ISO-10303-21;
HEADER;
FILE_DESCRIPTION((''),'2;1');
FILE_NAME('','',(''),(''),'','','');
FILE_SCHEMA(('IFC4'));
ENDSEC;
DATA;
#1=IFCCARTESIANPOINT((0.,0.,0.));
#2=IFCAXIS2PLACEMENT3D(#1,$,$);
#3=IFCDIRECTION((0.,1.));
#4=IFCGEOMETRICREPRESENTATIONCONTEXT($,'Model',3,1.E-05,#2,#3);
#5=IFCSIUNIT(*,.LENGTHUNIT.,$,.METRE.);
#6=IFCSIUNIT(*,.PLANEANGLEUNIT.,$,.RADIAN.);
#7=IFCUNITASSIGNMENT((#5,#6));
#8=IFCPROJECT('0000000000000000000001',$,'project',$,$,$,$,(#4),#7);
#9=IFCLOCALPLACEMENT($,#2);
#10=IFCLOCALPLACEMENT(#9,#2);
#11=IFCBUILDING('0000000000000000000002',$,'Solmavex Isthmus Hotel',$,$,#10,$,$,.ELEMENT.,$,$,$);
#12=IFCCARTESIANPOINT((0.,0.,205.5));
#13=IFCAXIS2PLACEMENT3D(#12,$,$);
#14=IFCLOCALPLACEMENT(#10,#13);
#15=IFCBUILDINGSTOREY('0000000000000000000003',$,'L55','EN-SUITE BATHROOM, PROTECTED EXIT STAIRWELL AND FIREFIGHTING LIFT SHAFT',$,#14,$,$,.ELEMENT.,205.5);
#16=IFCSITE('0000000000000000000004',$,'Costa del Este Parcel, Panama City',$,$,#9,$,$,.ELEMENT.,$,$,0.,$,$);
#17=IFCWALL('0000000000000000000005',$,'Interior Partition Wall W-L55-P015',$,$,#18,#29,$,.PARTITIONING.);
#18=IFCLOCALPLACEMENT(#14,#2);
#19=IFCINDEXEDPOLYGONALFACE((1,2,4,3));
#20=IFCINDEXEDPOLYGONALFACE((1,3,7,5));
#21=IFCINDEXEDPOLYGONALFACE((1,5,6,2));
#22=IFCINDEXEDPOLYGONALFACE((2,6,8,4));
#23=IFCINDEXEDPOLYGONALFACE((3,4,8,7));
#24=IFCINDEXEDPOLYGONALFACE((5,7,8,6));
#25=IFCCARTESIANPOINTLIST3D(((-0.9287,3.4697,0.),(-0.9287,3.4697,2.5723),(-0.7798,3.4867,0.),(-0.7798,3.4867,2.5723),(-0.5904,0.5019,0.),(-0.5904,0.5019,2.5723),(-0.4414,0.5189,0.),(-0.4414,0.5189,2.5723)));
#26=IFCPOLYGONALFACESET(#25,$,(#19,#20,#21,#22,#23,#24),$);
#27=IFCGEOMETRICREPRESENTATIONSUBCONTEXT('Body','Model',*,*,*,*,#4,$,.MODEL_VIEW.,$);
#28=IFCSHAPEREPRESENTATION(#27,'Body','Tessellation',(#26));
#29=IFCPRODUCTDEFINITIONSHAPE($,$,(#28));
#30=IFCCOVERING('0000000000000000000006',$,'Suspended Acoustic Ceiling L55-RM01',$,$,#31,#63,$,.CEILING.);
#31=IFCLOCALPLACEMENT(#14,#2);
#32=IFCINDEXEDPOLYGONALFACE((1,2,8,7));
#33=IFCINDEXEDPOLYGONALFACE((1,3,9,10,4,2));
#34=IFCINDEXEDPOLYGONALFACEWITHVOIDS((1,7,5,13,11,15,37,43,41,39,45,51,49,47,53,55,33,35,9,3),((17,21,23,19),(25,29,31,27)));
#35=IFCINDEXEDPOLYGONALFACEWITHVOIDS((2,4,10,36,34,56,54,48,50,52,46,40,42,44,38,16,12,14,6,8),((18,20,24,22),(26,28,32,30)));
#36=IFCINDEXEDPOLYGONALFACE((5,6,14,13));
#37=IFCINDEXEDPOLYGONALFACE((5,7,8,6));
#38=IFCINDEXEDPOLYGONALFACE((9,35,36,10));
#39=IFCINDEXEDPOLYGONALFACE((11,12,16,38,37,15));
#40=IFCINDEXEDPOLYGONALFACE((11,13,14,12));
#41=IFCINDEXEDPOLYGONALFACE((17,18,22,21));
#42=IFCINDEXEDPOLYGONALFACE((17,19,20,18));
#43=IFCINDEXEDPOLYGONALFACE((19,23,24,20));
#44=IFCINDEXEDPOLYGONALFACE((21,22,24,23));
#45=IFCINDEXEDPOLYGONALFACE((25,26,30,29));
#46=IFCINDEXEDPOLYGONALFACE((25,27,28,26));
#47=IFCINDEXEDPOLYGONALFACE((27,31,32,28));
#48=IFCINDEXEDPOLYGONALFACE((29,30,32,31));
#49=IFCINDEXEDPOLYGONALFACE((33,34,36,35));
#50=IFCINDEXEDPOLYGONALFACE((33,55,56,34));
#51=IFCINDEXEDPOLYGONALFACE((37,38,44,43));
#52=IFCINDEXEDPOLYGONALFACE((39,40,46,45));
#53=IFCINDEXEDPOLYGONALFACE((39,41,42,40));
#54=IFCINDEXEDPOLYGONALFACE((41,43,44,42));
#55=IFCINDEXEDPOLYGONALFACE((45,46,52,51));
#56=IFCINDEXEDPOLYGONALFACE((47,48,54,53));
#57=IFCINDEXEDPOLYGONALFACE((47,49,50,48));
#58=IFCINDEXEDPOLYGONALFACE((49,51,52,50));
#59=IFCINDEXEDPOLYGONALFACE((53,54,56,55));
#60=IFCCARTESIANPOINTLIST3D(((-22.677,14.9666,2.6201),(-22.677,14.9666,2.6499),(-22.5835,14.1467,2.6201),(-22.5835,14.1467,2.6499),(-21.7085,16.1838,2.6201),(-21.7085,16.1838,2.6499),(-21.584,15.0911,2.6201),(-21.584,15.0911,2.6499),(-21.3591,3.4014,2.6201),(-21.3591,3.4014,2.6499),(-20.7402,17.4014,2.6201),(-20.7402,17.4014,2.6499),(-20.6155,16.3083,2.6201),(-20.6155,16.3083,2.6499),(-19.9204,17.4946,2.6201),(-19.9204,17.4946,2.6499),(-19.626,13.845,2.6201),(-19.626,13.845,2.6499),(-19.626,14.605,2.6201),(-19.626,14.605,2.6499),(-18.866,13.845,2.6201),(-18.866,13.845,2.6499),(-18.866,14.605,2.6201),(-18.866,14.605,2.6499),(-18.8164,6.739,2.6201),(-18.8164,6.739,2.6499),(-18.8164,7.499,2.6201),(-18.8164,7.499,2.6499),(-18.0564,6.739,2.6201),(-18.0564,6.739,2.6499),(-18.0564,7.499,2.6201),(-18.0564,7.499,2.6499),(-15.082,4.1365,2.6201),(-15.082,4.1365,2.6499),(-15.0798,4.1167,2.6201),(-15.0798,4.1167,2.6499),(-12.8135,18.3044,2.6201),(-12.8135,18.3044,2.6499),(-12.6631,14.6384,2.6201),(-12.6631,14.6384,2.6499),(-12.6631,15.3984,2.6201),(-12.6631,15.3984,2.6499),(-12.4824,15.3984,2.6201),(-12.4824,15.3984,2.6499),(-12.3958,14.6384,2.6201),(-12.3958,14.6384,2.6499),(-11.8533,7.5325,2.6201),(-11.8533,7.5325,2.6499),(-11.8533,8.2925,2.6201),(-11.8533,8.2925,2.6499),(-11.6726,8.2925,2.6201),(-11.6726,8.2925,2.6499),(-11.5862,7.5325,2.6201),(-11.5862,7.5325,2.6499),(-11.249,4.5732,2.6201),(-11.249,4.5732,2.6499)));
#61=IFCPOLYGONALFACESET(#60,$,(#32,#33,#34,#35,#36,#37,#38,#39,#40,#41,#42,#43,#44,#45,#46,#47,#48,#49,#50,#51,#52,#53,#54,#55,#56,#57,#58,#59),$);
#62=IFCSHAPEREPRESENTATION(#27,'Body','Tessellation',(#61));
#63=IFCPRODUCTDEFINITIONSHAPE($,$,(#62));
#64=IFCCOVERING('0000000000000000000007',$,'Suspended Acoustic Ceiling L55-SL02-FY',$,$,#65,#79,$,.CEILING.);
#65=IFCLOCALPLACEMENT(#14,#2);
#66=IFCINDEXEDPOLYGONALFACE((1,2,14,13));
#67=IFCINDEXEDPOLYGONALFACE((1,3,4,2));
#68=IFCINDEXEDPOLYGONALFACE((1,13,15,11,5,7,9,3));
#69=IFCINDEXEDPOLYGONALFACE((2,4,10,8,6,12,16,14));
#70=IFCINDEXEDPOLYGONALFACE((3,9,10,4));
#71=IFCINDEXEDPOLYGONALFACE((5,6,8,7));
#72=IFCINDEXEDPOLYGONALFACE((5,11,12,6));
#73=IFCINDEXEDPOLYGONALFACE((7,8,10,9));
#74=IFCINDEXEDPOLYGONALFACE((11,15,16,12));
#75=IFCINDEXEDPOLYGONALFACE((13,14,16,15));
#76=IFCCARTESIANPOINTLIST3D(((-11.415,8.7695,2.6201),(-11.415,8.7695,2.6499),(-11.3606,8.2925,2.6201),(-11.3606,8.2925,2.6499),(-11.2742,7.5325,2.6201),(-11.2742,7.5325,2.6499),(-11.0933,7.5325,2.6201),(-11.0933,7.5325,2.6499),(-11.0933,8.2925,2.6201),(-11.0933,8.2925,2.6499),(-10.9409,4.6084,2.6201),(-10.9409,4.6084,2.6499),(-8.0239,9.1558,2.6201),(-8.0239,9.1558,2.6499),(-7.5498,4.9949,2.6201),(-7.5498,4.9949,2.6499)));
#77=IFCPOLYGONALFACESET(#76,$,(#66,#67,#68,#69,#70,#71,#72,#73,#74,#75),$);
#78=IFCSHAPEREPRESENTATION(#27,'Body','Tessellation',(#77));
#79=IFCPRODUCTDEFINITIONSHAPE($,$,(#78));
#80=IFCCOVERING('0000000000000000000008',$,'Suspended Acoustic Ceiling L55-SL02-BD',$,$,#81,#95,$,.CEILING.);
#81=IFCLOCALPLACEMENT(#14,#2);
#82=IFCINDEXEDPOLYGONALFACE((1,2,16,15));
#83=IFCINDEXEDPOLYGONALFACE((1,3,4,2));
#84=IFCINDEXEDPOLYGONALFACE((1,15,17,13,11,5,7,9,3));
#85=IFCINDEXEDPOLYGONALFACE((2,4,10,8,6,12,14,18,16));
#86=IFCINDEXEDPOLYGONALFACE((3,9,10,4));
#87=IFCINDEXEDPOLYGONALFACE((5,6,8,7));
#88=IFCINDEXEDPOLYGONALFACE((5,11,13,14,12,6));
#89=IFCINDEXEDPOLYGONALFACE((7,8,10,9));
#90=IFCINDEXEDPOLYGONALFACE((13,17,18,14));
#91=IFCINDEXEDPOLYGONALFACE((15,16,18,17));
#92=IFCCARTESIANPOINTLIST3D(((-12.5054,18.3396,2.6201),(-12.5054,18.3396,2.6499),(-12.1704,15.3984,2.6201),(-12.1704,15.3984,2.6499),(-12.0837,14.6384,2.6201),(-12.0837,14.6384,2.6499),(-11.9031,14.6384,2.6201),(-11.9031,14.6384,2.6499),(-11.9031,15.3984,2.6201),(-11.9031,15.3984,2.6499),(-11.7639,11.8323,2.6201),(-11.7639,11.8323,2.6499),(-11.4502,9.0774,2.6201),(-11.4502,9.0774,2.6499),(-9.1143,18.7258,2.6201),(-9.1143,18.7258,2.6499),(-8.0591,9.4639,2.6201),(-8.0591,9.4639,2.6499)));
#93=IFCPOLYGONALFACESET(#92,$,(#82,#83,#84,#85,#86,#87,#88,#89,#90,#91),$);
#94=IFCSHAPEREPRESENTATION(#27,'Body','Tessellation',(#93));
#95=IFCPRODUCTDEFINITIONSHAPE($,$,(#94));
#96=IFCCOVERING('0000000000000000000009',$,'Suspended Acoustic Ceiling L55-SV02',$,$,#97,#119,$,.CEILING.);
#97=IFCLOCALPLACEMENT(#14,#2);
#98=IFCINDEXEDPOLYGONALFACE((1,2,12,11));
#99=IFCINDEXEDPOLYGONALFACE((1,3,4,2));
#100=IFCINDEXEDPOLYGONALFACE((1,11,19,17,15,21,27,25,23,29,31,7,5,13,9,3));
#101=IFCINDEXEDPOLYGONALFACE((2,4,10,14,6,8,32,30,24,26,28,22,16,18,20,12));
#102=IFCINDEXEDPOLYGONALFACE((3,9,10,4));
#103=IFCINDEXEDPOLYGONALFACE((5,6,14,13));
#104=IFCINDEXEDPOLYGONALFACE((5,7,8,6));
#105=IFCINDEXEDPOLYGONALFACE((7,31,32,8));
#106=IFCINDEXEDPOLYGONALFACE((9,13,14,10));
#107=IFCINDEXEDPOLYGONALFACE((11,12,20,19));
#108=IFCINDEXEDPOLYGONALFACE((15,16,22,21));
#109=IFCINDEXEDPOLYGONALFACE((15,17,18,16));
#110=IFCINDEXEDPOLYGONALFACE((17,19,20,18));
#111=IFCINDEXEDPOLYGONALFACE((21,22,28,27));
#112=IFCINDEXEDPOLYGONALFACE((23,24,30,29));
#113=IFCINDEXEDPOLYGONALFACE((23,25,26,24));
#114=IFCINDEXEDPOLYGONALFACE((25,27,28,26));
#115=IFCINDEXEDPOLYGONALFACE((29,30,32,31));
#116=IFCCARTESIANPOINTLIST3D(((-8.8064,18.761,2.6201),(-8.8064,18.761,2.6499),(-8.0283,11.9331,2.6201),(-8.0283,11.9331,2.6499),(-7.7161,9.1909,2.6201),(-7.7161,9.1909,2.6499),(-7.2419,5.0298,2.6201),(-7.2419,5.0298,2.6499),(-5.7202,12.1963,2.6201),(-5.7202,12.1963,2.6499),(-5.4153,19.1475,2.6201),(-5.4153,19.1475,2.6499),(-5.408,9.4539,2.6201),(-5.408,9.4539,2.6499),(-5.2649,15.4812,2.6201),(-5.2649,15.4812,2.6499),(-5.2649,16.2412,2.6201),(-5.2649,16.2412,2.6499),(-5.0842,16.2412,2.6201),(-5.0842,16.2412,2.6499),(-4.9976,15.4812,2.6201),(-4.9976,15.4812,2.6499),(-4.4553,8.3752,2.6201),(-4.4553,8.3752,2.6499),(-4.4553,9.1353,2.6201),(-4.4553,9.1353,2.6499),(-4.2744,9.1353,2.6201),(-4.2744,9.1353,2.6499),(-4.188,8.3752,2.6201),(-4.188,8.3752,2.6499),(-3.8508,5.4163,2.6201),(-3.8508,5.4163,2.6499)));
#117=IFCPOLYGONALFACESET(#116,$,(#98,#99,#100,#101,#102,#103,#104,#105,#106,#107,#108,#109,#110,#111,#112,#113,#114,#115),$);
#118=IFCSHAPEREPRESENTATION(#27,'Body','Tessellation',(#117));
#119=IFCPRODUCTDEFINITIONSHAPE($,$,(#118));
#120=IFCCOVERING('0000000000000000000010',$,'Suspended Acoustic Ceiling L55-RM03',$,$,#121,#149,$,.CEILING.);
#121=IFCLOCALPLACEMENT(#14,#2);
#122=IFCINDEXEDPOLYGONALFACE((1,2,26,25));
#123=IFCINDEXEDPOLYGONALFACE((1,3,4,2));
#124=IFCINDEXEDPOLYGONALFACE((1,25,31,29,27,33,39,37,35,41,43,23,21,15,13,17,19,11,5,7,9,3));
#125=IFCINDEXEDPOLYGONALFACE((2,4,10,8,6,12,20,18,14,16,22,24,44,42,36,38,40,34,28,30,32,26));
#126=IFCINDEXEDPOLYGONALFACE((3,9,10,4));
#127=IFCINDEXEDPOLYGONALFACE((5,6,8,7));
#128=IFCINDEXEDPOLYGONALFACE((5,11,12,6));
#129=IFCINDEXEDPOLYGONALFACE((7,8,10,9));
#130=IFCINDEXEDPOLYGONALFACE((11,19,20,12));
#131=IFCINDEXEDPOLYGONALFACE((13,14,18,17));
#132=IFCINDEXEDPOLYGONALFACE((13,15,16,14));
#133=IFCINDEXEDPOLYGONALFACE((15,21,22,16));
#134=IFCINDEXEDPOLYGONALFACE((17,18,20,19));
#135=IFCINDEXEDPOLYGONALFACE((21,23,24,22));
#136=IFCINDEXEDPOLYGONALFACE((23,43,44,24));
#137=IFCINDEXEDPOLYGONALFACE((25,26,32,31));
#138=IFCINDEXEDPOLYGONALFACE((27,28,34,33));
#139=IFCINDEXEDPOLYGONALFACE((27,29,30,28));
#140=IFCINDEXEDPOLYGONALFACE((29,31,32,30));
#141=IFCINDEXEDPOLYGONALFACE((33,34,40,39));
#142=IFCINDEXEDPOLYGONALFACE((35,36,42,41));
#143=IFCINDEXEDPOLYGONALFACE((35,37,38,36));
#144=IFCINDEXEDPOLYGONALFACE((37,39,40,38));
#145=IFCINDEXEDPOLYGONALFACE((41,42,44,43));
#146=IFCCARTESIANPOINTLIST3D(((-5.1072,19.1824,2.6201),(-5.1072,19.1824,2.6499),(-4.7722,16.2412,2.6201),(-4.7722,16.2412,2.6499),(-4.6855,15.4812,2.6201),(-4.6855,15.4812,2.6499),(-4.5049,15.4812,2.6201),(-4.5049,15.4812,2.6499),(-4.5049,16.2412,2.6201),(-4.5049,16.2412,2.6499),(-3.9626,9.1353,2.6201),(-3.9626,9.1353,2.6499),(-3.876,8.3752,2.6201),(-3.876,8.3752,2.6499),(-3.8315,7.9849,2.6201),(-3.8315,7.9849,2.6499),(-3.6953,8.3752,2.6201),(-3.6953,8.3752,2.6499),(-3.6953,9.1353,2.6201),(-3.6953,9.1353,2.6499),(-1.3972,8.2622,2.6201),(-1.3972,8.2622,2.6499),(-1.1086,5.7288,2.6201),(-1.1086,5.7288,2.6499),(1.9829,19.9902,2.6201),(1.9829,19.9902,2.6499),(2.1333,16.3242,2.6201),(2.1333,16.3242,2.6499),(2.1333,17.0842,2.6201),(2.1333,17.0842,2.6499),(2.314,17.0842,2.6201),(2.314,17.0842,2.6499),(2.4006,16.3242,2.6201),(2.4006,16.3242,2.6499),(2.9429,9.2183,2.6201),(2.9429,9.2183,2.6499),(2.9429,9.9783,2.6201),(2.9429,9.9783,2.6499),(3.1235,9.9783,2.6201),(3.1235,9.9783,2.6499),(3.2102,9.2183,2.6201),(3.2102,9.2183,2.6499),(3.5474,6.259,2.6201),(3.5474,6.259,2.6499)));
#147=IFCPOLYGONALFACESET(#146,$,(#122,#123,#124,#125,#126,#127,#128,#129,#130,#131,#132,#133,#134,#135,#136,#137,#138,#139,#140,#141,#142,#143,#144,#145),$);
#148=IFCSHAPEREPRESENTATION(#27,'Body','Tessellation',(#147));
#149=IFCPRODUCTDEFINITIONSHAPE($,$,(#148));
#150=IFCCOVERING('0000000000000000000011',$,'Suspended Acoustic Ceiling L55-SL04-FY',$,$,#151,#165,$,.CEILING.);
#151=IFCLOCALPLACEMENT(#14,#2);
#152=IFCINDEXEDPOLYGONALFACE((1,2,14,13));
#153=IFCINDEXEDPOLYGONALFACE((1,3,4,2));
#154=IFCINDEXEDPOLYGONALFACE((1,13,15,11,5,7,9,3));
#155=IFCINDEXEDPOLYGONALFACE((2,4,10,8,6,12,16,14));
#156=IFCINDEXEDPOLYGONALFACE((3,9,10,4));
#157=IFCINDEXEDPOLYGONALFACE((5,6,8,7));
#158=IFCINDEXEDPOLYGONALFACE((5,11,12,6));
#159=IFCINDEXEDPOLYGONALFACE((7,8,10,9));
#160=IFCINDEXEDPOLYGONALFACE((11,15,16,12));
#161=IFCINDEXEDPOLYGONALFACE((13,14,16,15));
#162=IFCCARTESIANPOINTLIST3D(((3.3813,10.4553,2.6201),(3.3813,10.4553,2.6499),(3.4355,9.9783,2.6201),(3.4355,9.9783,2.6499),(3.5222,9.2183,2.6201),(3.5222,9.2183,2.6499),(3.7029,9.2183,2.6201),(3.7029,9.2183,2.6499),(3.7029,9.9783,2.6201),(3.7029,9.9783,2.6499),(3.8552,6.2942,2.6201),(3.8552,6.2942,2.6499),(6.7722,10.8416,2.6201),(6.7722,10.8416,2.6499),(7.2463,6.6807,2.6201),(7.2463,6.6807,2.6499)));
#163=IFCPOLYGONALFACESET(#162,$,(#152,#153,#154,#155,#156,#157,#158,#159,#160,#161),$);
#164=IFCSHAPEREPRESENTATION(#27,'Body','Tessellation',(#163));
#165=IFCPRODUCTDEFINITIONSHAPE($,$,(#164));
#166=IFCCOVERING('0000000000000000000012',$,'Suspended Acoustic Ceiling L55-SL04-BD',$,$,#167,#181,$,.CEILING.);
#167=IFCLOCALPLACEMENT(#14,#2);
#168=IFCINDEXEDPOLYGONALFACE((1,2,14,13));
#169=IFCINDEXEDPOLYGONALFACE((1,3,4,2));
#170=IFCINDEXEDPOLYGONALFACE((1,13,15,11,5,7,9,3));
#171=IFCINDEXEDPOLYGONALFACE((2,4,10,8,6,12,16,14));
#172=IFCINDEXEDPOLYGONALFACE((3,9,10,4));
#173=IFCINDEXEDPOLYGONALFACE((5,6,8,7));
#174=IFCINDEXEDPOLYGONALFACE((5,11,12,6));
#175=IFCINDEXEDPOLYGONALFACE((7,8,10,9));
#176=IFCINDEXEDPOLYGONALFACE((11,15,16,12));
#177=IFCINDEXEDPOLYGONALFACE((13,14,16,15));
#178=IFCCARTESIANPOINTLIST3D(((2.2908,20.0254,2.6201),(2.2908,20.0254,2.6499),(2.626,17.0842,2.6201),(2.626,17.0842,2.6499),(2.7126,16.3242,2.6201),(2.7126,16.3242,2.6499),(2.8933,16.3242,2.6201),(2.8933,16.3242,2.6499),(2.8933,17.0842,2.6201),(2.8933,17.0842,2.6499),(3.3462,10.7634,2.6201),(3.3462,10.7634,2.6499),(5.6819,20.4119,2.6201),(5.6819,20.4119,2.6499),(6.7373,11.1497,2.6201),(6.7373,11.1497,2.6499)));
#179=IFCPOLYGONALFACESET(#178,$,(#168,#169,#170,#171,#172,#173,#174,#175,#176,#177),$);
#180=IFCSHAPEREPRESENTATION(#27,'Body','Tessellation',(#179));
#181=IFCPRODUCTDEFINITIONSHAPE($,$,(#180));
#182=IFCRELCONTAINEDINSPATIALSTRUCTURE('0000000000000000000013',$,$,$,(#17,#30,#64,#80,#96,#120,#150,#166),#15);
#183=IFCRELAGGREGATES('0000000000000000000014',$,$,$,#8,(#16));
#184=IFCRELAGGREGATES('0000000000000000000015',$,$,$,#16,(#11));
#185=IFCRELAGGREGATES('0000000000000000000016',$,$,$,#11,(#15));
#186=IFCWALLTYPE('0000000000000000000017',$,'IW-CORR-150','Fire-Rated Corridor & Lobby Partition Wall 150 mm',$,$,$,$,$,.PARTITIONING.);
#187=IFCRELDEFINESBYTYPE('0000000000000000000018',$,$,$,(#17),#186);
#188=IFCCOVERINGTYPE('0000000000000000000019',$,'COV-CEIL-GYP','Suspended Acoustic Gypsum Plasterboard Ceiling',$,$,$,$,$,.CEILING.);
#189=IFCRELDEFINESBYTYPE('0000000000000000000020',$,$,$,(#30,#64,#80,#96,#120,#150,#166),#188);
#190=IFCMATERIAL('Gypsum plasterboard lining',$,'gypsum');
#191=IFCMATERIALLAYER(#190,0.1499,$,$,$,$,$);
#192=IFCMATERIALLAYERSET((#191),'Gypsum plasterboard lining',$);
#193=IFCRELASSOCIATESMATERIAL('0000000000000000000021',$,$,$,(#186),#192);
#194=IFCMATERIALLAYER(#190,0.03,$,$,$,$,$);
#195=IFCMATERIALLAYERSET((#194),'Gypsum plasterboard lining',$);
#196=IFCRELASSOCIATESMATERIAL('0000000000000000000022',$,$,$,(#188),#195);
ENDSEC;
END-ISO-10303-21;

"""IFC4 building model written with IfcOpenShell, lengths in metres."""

from ifc_helpers import new_model, si_unit, direction, frame, frame_2d, origin, place, context, subcontext, project, spatial, polyline, rectangle, outline, extrude, material, layer, layer_set, type_object, element, save


model = new_model("IFC4")

# Units and contexts
model_context = context("Model", 3, precision=1e-05, world=origin(), true_north=direction((0.0, 1.0)))
body_context = subcontext(model_context, "Body", "Model", "MODEL_VIEW")
ifc_project = project(units=[si_unit("LENGTHUNIT", "METRE"), si_unit("PLANEANGLEUNIT", "RADIAN")], contexts=[model_context])

# Site, building, storey
site_placement = place(None, origin())
site = spatial("IfcSite", under=ifc_project, at=site_placement, Name="Costa del Este Parcel, Panama City", CompositionType="ELEMENT", RefElevation=0.0)
building_placement = place(site_placement, origin())
building = spatial("IfcBuilding", under=site, at=building_placement, Name="Solmavex Isthmus Hotel", CompositionType="ELEMENT")
storey_placement = place(building_placement, frame((0.0, 0.0, 205.5)))
storey = spatial("IfcBuildingStorey", under=building, at=storey_placement, Name="L55", Description="EN-SUITE BATHROOM, PROTECTED EXIT STAIRWELL AND FIREFIGHTING LIFT SHAFT", CompositionType="ELEMENT", Elevation=205.5)

# Shared definitions
ifc_material_1 = material(Name="Gypsum plasterboard lining", Category="gypsum")
ifc_layer_1 = layer(ifc_material_1, 0.1499)
ifc_layer_set_1 = layer_set([ifc_layer_1], Name="Gypsum plasterboard lining")
wall_type = type_object("IfcWallType", Name="IW-CORR-150", Description="Fire-Rated Corridor & Lobby Partition Wall 150 mm", PredefinedType="PARTITIONING", material=ifc_layer_set_1)

# Wall
wall_1_placement = place(storey_placement, frame((-0.5159, 0.5103, 0.0), z_axis=(0.0, 0.0, 1.0), x_axis=(-0.113284, 0.993563, 0.0)))
element("IfcWall", 1, at=wall_1_placement, inside=storey, type_object=wall_type, Name="Interior Partition Wall W-L55-P015", PredefinedType="PARTITIONING", context=body_context, shape_type="SweptSolid", body=[
    extrude(rectangle(XDim=2.9871, YDim=0.1499, at=frame_2d((1.4937, 0.0))), origin(), (0.0, 0.0, 1.0), 2.5723),
])

# Coverings
ifc_layer_2 = layer(ifc_material_1, 0.03)
ifc_layer_set_2 = layer_set([ifc_layer_2], Name="Gypsum plasterboard lining")
covering_type_1 = type_object("IfcCoveringType", Name="COV-CEIL-GYP", Description="Suspended Acoustic Gypsum Plasterboard Ceiling", PredefinedType="CEILING", material=ifc_layer_set_2)
covering_1_placement = place(storey_placement, frame((0.0, 0.0, 2.6201)))
element("IfcCovering", 2, at=covering_1_placement, inside=storey, type_object=covering_type_1, Name="Suspended Acoustic Ceiling L55-RM01", PredefinedType="CEILING", context=body_context, shape_type="SweptSolid", body=[
    extrude(outline(polyline([(-15.0798, 4.1167), (-15.082, 4.1365), (-11.249, 4.5732), (-11.5862, 7.5325), (-11.8533, 7.5325), (-11.8533, 8.2925), (-11.6726, 8.2925), (-12.3958, 14.6384), (-12.6631, 14.6384), (-12.6631, 15.3984), (-12.4824, 15.3984), (-12.8135, 18.3044), (-19.9204, 17.4946), (-20.7402, 17.4014), (-20.6155, 16.3083), (-21.7085, 16.1838), (-21.584, 15.0911), (-22.677, 14.9666), (-22.5835, 14.1467), (-21.3591, 3.4014), (-15.0798, 4.1167)]), holes=[polyline([(-18.8164, 6.739), (-18.8164, 7.499), (-18.0564, 7.499), (-18.0564, 6.739), (-18.8164, 6.739)]), polyline([(-19.626, 13.845), (-19.626, 14.605), (-18.866, 14.605), (-18.866, 13.845), (-19.626, 13.845)])]), origin(), (0.0, 0.0, 1.0), 0.0298),
])
covering_2_placement = place(storey_placement, frame((0.0, 0.0, 2.6201)))
element("IfcCovering", 3, at=covering_2_placement, inside=storey, type_object=covering_type_1, Name="Suspended Acoustic Ceiling L55-SL02-FY", PredefinedType="CEILING", context=body_context, shape_type="SweptSolid", body=[
    extrude(outline(polyline([(-11.3606, 8.2925), (-11.0933, 8.2925), (-11.0933, 7.5325), (-11.2742, 7.5325), (-10.9409, 4.6084), (-7.5498, 4.9949), (-8.0239, 9.1558), (-11.415, 8.7695), (-11.3606, 8.2925)])), origin(), (0.0, 0.0, 1.0), 0.0298),
])
covering_3_placement = place(storey_placement, frame((0.0, 0.0, 2.6201)))
element("IfcCovering", 4, at=covering_3_placement, inside=storey, type_object=covering_type_1, Name="Suspended Acoustic Ceiling L55-SL02-BD", PredefinedType="CEILING", context=body_context, shape_type="SweptSolid", body=[
    extrude(outline(polyline([(-12.1704, 15.3984), (-11.9031, 15.3984), (-11.9031, 14.6384), (-12.0837, 14.6384), (-11.7639, 11.8323), (-11.4502, 9.0774), (-8.0591, 9.4639), (-9.1143, 18.7258), (-12.5054, 18.3396), (-12.1704, 15.3984)])), origin(), (0.0, 0.0, 1.0), 0.0298),
])
covering_4_placement = place(storey_placement, frame((0.0, 0.0, 2.6201)))
element("IfcCovering", 5, at=covering_4_placement, inside=storey, type_object=covering_type_1, Name="Suspended Acoustic Ceiling L55-SV02", PredefinedType="CEILING", context=body_context, shape_type="SweptSolid", body=[
    extrude(outline(polyline([(-4.9976, 15.4812), (-5.2649, 15.4812), (-5.2649, 16.2412), (-5.0842, 16.2412), (-5.4153, 19.1475), (-8.8064, 18.761), (-8.0283, 11.9331), (-5.7202, 12.1963), (-5.408, 9.4539), (-7.7161, 9.1909), (-7.2419, 5.0298), (-3.8508, 5.4163), (-4.188, 8.3752), (-4.4553, 8.3752), (-4.4553, 9.1353), (-4.2744, 9.1353), (-4.9976, 15.4812)])), origin(), (0.0, 0.0, 1.0), 0.0298),
])
covering_5_placement = place(storey_placement, frame((0.0, 0.0, 2.6201)))
element("IfcCovering", 6, at=covering_5_placement, inside=storey, type_object=covering_type_1, Name="Suspended Acoustic Ceiling L55-RM03", PredefinedType="CEILING", context=body_context, shape_type="SweptSolid", body=[
    extrude(outline(polyline([(-3.9626, 9.1353), (-3.6953, 9.1353), (-3.6953, 8.3752), (-3.876, 8.3752), (-3.8315, 7.9849), (-1.3972, 8.2622), (-1.1086, 5.7288), (3.5474, 6.259), (3.2102, 9.2183), (2.9429, 9.2183), (2.9429, 9.9783), (3.1235, 9.9783), (2.4006, 16.3242), (2.1333, 16.3242), (2.1333, 17.0842), (2.314, 17.0842), (1.9829, 19.9902), (-5.1072, 19.1824), (-4.7722, 16.2412), (-4.5049, 16.2412), (-4.5049, 15.4812), (-4.6855, 15.4812), (-3.9626, 9.1353)])), origin(), (0.0, 0.0, 1.0), 0.0298),
])
covering_6_placement = place(storey_placement, frame((0.0, 0.0, 2.6201)))
element("IfcCovering", 7, at=covering_6_placement, inside=storey, type_object=covering_type_1, Name="Suspended Acoustic Ceiling L55-SL04-FY", PredefinedType="CEILING", context=body_context, shape_type="SweptSolid", body=[
    extrude(outline(polyline([(3.4355, 9.9783), (3.7029, 9.9783), (3.7029, 9.2183), (3.5222, 9.2183), (3.8552, 6.2942), (7.2463, 6.6807), (6.7722, 10.8416), (3.3813, 10.4553), (3.4355, 9.9783)])), origin(), (0.0, 0.0, 1.0), 0.0298),
])
covering_7_placement = place(storey_placement, frame((0.0, 0.0, 2.6201)))
element("IfcCovering", 8, at=covering_7_placement, inside=storey, type_object=covering_type_1, Name="Suspended Acoustic Ceiling L55-SL04-BD", PredefinedType="CEILING", context=body_context, shape_type="SweptSolid", body=[
    extrude(outline(polyline([(2.626, 17.0842), (2.8933, 17.0842), (2.8933, 16.3242), (2.7126, 16.3242), (3.3462, 10.7634), (6.7373, 11.1497), (5.6819, 20.4119), (2.2908, 20.0254), (2.626, 17.0842)])), origin(), (0.0, 0.0, 1.0), 0.0298),
])

save(model, "model.ifc")
